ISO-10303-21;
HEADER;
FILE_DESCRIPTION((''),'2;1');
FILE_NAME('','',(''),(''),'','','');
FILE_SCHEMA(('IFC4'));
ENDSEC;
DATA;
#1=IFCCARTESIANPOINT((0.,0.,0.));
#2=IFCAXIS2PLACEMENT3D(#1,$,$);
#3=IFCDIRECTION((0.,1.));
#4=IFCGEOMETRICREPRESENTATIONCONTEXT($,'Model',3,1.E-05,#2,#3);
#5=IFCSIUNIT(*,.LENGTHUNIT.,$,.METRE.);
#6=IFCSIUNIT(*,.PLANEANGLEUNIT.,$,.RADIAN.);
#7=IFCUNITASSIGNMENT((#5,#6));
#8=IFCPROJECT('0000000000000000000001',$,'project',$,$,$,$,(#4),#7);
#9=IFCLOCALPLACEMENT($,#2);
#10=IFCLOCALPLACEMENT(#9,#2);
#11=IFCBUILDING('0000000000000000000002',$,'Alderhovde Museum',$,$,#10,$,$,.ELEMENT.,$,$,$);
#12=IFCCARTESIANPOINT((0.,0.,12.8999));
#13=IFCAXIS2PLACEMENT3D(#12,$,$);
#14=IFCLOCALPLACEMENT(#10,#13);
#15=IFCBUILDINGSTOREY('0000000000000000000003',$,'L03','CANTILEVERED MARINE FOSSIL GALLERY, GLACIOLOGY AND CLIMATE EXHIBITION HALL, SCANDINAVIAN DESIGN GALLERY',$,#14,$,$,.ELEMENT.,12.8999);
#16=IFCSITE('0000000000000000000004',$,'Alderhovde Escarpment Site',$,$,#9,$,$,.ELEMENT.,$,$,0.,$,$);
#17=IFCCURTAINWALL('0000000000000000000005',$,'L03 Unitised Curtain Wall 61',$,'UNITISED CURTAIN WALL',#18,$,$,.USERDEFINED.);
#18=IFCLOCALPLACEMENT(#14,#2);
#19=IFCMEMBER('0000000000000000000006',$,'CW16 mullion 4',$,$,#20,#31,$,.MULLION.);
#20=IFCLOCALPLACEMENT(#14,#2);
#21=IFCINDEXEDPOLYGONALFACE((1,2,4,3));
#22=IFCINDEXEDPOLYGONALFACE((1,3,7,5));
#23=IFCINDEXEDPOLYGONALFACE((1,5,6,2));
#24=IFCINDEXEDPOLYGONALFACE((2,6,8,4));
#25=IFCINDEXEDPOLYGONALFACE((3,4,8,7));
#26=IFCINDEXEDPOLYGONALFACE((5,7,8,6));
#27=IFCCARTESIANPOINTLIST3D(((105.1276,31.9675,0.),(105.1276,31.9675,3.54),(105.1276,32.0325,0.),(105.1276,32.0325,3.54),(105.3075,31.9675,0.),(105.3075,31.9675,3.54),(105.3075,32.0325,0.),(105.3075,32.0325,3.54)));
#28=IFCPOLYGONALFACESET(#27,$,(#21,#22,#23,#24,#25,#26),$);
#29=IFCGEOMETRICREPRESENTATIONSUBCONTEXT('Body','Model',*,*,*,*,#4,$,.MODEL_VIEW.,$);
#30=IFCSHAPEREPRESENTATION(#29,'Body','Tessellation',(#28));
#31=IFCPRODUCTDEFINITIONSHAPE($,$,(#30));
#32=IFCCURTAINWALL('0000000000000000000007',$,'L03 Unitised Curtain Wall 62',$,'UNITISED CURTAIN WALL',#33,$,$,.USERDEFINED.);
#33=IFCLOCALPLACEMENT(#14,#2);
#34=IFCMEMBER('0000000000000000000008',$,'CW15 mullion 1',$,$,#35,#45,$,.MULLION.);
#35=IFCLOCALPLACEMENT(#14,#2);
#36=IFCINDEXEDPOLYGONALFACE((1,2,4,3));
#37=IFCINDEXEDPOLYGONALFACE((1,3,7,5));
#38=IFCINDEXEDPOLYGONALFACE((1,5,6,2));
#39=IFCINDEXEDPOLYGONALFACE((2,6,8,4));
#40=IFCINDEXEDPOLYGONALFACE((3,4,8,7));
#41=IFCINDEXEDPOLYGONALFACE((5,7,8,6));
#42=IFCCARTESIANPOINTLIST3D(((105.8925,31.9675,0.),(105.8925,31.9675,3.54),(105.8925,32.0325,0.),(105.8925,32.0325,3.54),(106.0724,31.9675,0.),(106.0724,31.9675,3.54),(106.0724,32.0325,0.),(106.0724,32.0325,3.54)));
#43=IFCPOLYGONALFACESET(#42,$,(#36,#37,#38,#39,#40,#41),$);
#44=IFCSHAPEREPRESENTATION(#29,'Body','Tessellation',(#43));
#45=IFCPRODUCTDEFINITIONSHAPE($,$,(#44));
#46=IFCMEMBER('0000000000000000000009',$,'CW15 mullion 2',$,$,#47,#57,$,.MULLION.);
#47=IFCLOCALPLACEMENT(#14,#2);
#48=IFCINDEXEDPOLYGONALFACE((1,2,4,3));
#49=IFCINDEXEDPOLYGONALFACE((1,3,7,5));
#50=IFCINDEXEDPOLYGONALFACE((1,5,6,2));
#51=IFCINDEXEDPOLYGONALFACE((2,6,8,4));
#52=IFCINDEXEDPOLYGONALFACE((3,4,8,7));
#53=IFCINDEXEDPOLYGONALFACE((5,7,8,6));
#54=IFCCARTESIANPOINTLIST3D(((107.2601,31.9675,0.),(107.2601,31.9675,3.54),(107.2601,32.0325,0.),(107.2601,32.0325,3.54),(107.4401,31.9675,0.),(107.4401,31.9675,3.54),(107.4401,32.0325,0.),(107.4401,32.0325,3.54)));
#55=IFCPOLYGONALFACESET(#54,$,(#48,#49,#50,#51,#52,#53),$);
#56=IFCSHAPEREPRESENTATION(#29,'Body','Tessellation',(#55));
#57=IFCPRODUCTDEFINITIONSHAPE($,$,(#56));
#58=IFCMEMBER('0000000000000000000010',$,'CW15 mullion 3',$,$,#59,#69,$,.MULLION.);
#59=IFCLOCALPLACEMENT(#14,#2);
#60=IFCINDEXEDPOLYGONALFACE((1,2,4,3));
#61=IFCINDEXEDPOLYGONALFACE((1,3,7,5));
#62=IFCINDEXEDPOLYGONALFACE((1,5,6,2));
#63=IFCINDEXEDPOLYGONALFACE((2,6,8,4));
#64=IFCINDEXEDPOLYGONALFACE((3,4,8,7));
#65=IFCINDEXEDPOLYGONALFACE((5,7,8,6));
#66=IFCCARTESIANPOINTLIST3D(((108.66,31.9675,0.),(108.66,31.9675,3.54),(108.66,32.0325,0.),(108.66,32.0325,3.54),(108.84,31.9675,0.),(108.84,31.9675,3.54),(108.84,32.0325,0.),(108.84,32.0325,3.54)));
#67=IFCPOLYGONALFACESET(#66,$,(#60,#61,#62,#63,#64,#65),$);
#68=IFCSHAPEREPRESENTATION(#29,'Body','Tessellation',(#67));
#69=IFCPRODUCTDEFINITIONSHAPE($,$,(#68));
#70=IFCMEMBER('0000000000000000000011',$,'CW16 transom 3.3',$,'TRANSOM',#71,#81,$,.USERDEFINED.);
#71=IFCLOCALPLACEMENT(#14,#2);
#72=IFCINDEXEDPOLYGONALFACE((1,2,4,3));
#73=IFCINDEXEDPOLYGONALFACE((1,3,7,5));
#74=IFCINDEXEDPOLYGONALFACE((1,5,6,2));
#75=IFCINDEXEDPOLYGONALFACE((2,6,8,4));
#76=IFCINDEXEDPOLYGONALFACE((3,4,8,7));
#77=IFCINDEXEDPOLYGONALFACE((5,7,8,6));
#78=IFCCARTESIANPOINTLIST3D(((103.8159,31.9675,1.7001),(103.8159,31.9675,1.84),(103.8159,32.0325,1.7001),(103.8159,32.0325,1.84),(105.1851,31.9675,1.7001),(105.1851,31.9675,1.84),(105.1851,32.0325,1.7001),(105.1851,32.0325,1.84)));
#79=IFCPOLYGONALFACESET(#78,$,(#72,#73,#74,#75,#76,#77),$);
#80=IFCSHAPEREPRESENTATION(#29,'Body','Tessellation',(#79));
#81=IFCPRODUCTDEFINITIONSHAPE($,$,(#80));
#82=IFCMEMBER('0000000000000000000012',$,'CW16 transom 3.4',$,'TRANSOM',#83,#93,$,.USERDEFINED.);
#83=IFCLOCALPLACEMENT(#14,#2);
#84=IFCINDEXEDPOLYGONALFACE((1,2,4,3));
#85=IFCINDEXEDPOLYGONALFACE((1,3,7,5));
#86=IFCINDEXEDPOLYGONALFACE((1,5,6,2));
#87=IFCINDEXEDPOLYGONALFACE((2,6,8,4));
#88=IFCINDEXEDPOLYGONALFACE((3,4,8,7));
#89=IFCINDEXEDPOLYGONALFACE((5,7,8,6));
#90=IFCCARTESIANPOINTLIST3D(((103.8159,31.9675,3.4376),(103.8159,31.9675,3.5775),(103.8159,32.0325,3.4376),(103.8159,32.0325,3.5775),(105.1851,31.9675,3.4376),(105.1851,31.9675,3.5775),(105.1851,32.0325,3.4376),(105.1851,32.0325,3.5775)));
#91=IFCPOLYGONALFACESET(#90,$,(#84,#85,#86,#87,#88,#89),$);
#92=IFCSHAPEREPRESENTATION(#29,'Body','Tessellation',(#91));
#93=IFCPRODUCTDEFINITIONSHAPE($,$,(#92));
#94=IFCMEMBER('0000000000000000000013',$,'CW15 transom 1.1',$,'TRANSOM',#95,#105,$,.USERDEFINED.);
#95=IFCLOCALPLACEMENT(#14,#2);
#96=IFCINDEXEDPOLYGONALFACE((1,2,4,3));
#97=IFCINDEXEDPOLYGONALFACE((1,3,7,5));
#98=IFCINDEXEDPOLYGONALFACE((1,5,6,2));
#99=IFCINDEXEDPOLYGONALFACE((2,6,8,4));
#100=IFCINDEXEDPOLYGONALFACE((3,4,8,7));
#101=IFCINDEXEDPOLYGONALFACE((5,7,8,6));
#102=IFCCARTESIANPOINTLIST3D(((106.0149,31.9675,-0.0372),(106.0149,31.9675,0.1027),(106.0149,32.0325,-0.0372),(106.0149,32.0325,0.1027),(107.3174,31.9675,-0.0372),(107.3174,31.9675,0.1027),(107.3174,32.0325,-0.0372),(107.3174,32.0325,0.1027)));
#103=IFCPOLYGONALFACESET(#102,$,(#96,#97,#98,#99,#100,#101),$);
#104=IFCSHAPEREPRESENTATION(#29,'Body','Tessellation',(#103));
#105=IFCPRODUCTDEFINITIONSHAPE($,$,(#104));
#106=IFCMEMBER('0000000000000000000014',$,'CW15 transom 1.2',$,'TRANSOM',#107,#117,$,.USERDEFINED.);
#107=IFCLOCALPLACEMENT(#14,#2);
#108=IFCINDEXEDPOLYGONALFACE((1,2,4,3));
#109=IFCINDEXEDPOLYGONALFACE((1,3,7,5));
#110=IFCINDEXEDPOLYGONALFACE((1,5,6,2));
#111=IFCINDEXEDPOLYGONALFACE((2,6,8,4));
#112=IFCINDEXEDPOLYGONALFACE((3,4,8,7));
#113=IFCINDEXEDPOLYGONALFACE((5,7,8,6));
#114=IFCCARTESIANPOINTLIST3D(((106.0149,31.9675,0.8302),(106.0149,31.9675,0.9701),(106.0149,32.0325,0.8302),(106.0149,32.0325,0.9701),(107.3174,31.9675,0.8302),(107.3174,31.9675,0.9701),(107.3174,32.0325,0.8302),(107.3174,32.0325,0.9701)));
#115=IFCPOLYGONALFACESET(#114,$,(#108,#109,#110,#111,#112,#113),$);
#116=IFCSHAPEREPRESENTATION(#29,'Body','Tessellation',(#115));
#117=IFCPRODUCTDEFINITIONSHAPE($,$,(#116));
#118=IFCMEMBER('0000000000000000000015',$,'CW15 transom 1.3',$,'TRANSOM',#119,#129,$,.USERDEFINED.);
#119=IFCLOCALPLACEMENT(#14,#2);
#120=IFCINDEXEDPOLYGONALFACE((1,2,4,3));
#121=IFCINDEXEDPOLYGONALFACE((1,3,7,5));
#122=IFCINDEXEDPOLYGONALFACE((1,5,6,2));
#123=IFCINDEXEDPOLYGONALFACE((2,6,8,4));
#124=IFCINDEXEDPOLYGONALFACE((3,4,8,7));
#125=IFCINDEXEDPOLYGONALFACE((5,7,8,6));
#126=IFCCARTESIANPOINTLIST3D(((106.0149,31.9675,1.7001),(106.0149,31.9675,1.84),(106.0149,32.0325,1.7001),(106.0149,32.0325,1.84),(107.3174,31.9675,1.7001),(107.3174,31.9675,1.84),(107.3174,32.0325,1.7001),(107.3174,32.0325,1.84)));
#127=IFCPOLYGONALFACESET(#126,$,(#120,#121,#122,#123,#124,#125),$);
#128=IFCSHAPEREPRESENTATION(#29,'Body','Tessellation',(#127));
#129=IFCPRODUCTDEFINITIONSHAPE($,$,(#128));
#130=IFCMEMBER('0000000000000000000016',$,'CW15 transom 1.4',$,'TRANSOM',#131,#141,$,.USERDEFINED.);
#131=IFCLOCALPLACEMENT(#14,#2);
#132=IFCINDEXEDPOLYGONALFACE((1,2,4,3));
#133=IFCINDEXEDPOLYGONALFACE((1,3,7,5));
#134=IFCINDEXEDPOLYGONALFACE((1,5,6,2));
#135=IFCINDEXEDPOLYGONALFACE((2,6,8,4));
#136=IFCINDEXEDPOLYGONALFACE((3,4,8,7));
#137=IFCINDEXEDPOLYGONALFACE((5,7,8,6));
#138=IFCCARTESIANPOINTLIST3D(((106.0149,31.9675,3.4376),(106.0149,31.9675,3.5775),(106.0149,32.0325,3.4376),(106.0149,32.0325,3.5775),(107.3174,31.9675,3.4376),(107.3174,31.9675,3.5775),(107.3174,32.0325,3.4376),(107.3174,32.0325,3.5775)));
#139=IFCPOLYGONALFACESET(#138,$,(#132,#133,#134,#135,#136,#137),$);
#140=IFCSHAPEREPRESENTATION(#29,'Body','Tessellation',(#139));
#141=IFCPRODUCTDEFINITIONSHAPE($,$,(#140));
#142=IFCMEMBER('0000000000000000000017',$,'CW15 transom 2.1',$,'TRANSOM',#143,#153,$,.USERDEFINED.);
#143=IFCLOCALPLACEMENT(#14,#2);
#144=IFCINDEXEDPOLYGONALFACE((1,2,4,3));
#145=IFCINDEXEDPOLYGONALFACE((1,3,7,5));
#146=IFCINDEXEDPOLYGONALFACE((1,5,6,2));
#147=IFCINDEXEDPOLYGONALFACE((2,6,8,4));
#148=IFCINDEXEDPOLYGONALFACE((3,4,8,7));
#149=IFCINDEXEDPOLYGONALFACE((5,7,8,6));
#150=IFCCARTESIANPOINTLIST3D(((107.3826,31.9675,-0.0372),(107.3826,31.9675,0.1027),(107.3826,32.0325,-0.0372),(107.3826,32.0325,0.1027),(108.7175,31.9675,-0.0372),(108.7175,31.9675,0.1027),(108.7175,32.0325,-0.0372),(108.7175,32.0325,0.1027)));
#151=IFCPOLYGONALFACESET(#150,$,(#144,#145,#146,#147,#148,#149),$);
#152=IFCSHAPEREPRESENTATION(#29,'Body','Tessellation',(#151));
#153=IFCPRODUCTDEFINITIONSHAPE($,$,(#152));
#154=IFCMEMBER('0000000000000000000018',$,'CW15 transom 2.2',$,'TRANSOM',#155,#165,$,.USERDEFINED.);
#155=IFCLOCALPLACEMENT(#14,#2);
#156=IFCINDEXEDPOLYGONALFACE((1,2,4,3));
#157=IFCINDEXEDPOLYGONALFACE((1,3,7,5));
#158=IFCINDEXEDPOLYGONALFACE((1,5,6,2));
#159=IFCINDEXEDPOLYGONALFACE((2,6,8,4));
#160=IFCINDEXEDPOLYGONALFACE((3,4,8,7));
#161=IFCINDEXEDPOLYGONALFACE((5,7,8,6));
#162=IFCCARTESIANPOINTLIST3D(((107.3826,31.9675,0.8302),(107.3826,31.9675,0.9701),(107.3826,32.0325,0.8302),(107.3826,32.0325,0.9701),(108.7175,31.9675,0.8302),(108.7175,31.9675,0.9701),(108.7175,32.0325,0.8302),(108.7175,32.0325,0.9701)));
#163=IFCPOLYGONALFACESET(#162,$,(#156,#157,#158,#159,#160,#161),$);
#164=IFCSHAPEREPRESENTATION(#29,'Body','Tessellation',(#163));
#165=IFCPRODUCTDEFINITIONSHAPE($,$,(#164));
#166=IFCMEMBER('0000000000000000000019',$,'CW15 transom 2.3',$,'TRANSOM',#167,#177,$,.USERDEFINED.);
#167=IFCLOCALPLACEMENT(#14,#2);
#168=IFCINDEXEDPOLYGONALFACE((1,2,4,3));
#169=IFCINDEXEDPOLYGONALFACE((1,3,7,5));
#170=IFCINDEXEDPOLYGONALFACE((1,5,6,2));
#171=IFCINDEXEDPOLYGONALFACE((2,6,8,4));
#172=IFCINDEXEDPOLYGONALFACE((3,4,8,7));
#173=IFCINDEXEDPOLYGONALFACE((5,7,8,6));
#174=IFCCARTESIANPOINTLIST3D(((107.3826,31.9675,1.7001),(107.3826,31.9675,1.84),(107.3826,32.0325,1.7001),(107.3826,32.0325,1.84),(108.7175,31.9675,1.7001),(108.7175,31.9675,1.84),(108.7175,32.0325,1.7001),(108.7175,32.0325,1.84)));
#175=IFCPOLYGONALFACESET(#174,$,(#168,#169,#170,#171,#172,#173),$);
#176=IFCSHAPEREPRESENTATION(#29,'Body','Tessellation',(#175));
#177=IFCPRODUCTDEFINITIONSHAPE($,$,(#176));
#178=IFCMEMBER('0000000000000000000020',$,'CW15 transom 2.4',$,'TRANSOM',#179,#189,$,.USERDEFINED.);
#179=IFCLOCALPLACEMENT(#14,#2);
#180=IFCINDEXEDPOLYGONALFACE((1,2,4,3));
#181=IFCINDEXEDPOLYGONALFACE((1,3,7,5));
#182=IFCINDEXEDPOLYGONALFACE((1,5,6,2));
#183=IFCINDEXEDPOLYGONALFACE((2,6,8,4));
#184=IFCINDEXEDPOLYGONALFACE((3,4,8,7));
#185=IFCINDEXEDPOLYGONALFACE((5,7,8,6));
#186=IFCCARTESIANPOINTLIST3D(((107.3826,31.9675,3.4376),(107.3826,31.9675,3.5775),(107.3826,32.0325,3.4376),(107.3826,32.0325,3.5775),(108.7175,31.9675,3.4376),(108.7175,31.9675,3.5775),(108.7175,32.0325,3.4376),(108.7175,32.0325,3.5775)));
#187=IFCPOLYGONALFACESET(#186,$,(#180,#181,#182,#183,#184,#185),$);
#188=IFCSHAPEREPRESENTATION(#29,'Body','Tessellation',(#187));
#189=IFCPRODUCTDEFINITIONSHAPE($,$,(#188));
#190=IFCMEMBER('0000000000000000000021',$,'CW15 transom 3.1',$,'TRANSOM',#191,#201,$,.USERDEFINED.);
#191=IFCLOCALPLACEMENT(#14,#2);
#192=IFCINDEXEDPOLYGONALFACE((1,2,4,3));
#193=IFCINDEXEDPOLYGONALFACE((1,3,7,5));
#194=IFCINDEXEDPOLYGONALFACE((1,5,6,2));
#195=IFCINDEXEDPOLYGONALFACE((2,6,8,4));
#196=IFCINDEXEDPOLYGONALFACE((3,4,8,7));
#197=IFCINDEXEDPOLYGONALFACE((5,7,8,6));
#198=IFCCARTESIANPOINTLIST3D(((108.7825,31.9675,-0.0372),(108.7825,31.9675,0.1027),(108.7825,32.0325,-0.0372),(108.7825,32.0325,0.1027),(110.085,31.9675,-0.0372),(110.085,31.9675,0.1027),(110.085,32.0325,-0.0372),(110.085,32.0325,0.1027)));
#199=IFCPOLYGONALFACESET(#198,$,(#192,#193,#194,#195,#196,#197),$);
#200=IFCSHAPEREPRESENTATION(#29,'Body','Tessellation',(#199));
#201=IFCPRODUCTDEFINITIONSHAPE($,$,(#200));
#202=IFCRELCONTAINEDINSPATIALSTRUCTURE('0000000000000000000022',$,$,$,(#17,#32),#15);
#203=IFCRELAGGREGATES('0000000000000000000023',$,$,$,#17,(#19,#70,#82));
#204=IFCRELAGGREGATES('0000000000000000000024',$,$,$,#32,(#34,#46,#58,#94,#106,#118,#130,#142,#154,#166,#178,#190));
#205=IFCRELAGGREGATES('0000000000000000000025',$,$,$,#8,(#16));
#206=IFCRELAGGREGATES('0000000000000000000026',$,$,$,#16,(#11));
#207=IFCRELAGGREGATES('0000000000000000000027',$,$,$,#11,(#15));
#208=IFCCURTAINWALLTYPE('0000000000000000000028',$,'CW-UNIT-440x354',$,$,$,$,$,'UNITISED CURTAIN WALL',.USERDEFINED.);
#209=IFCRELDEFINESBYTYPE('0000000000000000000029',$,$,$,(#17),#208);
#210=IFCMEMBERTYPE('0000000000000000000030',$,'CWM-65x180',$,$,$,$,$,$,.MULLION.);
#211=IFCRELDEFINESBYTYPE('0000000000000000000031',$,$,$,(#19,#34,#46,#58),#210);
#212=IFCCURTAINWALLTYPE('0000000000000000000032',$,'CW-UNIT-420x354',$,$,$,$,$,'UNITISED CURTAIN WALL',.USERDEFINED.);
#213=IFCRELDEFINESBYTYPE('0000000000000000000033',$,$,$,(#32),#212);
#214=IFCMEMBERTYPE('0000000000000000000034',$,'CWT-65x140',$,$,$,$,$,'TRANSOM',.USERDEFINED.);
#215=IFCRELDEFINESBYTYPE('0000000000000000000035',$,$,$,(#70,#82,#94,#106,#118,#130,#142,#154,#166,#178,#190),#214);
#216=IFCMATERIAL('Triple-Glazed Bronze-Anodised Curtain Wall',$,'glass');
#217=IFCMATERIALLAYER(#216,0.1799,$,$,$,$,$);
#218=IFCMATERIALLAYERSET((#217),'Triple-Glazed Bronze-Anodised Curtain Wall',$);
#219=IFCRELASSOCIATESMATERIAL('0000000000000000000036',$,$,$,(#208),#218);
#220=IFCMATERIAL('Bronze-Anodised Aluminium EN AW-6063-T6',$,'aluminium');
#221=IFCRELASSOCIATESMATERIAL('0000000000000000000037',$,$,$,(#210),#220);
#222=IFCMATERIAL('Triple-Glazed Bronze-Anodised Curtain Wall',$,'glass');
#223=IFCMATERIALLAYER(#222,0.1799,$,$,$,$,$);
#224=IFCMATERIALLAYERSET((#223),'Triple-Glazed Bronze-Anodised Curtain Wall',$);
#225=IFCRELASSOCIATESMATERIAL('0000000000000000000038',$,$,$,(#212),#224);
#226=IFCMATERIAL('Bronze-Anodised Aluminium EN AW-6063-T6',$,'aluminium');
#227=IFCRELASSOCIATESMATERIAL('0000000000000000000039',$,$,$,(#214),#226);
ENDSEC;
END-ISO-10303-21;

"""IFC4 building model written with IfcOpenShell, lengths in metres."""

from ifc_helpers import new_model, si_unit, direction, frame, origin, origin_2d, place, context, subcontext, project, spatial, rectangle, extrude, material, layer, layer_set, material_profile, profile_set, type_object, element, aggregate, save


model = new_model("IFC4")

# Units and contexts
model_context = context("Model", 3, precision=1e-05, world=origin(), true_north=direction((0.0, 1.0)))
body_context = subcontext(model_context, "Body", "Model", "MODEL_VIEW")
ifc_project = project(units=[si_unit("LENGTHUNIT", "METRE"), si_unit("PLANEANGLEUNIT", "RADIAN")], contexts=[model_context])

# Site, building, storey
site_placement = place(None, origin())
site = spatial("IfcSite", under=ifc_project, at=site_placement, Name="Alderhovde Escarpment Site", CompositionType="ELEMENT", RefElevation=0.0)
building_placement = place(site_placement, origin())
building = spatial("IfcBuilding", under=site, at=building_placement, Name="Alderhovde Museum", CompositionType="ELEMENT")
storey_placement = place(building_placement, frame((0.0, 0.0, 12.8999)))
storey = spatial("IfcBuildingStorey", under=building, at=storey_placement, Name="L03", Description="CANTILEVERED MARINE FOSSIL GALLERY, GLACIOLOGY AND CLIMATE EXHIBITION HALL, SCANDINAVIAN DESIGN GALLERY", CompositionType="ELEMENT", Elevation=12.8999)

# Curtain wall, member
ifc_material_1 = material(Name="Triple-Glazed Bronze-Anodised Curtain Wall", Category="glass")
ifc_layer_1 = layer(ifc_material_1, 0.1799)
ifc_layer_set_1 = layer_set([ifc_layer_1], Name="Triple-Glazed Bronze-Anodised Curtain Wall")
curtain_wall_type_1 = type_object("IfcCurtainWallType", Name="CW-UNIT-440x354", ElementType="UNITISED CURTAIN WALL", PredefinedType="USERDEFINED", material=ifc_layer_set_1)
curtain_wall_1_placement = place(storey_placement, origin())
curtain_wall_1 = element("IfcCurtainWall", 1, at=curtain_wall_1_placement, inside=storey, type_object=curtain_wall_type_1, Name="L03 Unitised Curtain Wall 61", ObjectType="UNITISED CURTAIN WALL", PredefinedType="USERDEFINED")
ifc_material_2 = material(Name="Bronze-Anodised Aluminium EN AW-6063-T6", Category="aluminium")
ifc_material_profile_1 = material_profile(ifc_material_2, rectangle(XDim=0.0649, YDim=0.1799, at=origin_2d()), Name="MULLION 65x180")
ifc_profile_set_1 = profile_set([ifc_material_profile_1], Name="Bronze-Anodised Aluminium EN AW-6063-T6")
member_type_1 = type_object("IfcMemberType", Name="CWM-65x180", PredefinedType="MULLION", material=ifc_profile_set_1)
member_1_placement = place(storey_placement, frame((105.2175, 32.0, 0.0), z_axis=(0.0, 0.0, 1.0), x_axis=(0.0, 1.0, 0.0)))
member_1 = element("IfcMember", 2, at=member_1_placement, type_object=member_type_1, Name="CW16 mullion 4", PredefinedType="MULLION", context=body_context, shape_type="SweptSolid", body=[
    extrude(rectangle(XDim=0.0649, YDim=0.1799, at=origin_2d()), origin(), (0.0, 0.0, 1.0), 3.54),
])

# Curtain wall, members
ifc_material_3 = material(Name="Triple-Glazed Bronze-Anodised Curtain Wall", Category="glass")
ifc_layer_2 = layer(ifc_material_3, 0.1799)
ifc_layer_set_2 = layer_set([ifc_layer_2], Name="Triple-Glazed Bronze-Anodised Curtain Wall")
curtain_wall_type_2 = type_object("IfcCurtainWallType", Name="CW-UNIT-420x354", ElementType="UNITISED CURTAIN WALL", PredefinedType="USERDEFINED", material=ifc_layer_set_2)
curtain_wall_2_placement = place(storey_placement, origin())
curtain_wall_2 = element("IfcCurtainWall", 3, at=curtain_wall_2_placement, inside=storey, type_object=curtain_wall_type_2, Name="L03 Unitised Curtain Wall 62", ObjectType="UNITISED CURTAIN WALL", PredefinedType="USERDEFINED")
member_2_placement = place(storey_placement, frame((105.9824, 32.0, 0.0), z_axis=(0.0, 0.0, 1.0), x_axis=(0.0, 1.0, 0.0)))
member_2 = element("IfcMember", 4, at=member_2_placement, type_object=member_type_1, Name="CW15 mullion 1", PredefinedType="MULLION", context=body_context, shape_type="SweptSolid", body=[
    extrude(rectangle(XDim=0.0649, YDim=0.1799, at=origin_2d()), origin(), (0.0, 0.0, 1.0), 3.54),
])
member_3_placement = place(storey_placement, frame((107.3501, 32.0, 0.0), z_axis=(0.0, 0.0, 1.0), x_axis=(0.0, 1.0, 0.0)))
member_3 = element("IfcMember", 5, at=member_3_placement, type_object=member_type_1, Name="CW15 mullion 2", PredefinedType="MULLION", context=body_context, shape_type="SweptSolid", body=[
    extrude(rectangle(XDim=0.0649, YDim=0.1799, at=origin_2d()), origin(), (0.0, 0.0, 1.0), 3.54),
])
member_4_placement = place(storey_placement, frame((108.75, 32.0, 0.0), z_axis=(0.0, 0.0, 1.0), x_axis=(0.0, 1.0, 0.0)))
member_4 = element("IfcMember", 6, at=member_4_placement, type_object=member_type_1, Name="CW15 mullion 3", PredefinedType="MULLION", context=body_context, shape_type="SweptSolid", body=[
    extrude(rectangle(XDim=0.0649, YDim=0.1799, at=origin_2d()), origin(), (0.0, 0.0, 1.0), 3.54),
])

# Members
ifc_material_4 = material(Name="Bronze-Anodised Aluminium EN AW-6063-T6", Category="aluminium")
ifc_material_profile_2 = material_profile(ifc_material_4, rectangle(XDim=0.0649, YDim=0.1399, at=origin_2d()), Name="TRANSOM 65x140")
ifc_profile_set_2 = profile_set([ifc_material_profile_2], Name="Bronze-Anodised Aluminium EN AW-6063-T6")
member_type_2 = type_object("IfcMemberType", Name="CWT-65x140", ElementType="TRANSOM", PredefinedType="USERDEFINED", material=ifc_profile_set_2)
member_5_placement = place(storey_placement, frame((103.8159, 32.0, 1.77), z_axis=(1.0, 0.0, 0.0), x_axis=(0.0, 1.0, 0.0)))
member_5 = element("IfcMember", 7, at=member_5_placement, type_object=member_type_2, Name="CW16 transom 3.3", ObjectType="TRANSOM", PredefinedType="USERDEFINED", context=body_context, shape_type="SweptSolid", body=[
    extrude(rectangle(XDim=0.0649, YDim=0.1399, at=origin_2d()), origin(), (0.0, 0.0, 1.0), 1.3691),
])
member_6_placement = place(storey_placement, frame((103.8159, 32.0, 3.5076), z_axis=(1.0, 0.0, 0.0), x_axis=(0.0, 1.0, 0.0)))
member_6 = element("IfcMember", 8, at=member_6_placement, type_object=member_type_2, Name="CW16 transom 3.4", ObjectType="TRANSOM", PredefinedType="USERDEFINED", context=body_context, shape_type="SweptSolid", body=[
    extrude(rectangle(XDim=0.0649, YDim=0.1399, at=origin_2d()), origin(), (0.0, 0.0, 1.0), 1.3691),
])
member_7_placement = place(storey_placement, frame((106.0149, 32.0, 0.0327), z_axis=(1.0, 0.0, 0.0), x_axis=(0.0, 1.0, 0.0)))
member_7 = element("IfcMember", 9, at=member_7_placement, type_object=member_type_2, Name="CW15 transom 1.1", ObjectType="TRANSOM", PredefinedType="USERDEFINED", context=body_context, shape_type="SweptSolid", body=[
    extrude(rectangle(XDim=0.0649, YDim=0.1399, at=origin_2d()), origin(), (0.0, 0.0, 1.0), 1.3025),
])
member_8_placement = place(storey_placement, frame((106.0149, 32.0, 0.9001), z_axis=(1.0, 0.0, 0.0), x_axis=(0.0, 1.0, 0.0)))
member_8 = element("IfcMember", 10, at=member_8_placement, type_object=member_type_2, Name="CW15 transom 1.2", ObjectType="TRANSOM", PredefinedType="USERDEFINED", context=body_context, shape_type="SweptSolid", body=[
    extrude(rectangle(XDim=0.0649, YDim=0.1399, at=origin_2d()), origin(), (0.0, 0.0, 1.0), 1.3025),
])
member_9_placement = place(storey_placement, frame((106.0149, 32.0, 1.77), z_axis=(1.0, 0.0, 0.0), x_axis=(0.0, 1.0, 0.0)))
member_9 = element("IfcMember", 11, at=member_9_placement, type_object=member_type_2, Name="CW15 transom 1.3", ObjectType="TRANSOM", PredefinedType="USERDEFINED", context=body_context, shape_type="SweptSolid", body=[
    extrude(rectangle(XDim=0.0649, YDim=0.1399, at=origin_2d()), origin(), (0.0, 0.0, 1.0), 1.3025),
])
member_10_placement = place(storey_placement, frame((106.0149, 32.0, 3.5076), z_axis=(1.0, 0.0, 0.0), x_axis=(0.0, 1.0, 0.0)))
member_10 = element("IfcMember", 12, at=member_10_placement, type_object=member_type_2, Name="CW15 transom 1.4", ObjectType="TRANSOM", PredefinedType="USERDEFINED", context=body_context, shape_type="SweptSolid", body=[
    extrude(rectangle(XDim=0.0649, YDim=0.1399, at=origin_2d()), origin(), (0.0, 0.0, 1.0), 1.3025),
])
member_11_placement = place(storey_placement, frame((107.3826, 32.0, 0.0327), z_axis=(1.0, 0.0, 0.0), x_axis=(0.0, 1.0, 0.0)))
member_11 = element("IfcMember", 13, at=member_11_placement, type_object=member_type_2, Name="CW15 transom 2.1", ObjectType="TRANSOM", PredefinedType="USERDEFINED", context=body_context, shape_type="SweptSolid", body=[
    extrude(rectangle(XDim=0.0649, YDim=0.1399, at=origin_2d()), origin(), (0.0, 0.0, 1.0), 1.335),
])
member_12_placement = place(storey_placement, frame((107.3826, 32.0, 0.9001), z_axis=(1.0, 0.0, 0.0), x_axis=(0.0, 1.0, 0.0)))
member_12 = element("IfcMember", 14, at=member_12_placement, type_object=member_type_2, Name="CW15 transom 2.2", ObjectType="TRANSOM", PredefinedType="USERDEFINED", context=body_context, shape_type="SweptSolid", body=[
    extrude(rectangle(XDim=0.0649, YDim=0.1399, at=origin_2d()), origin(), (0.0, 0.0, 1.0), 1.335),
])
member_13_placement = place(storey_placement, frame((107.3826, 32.0, 1.77), z_axis=(1.0, 0.0, 0.0), x_axis=(0.0, 1.0, 0.0)))
member_13 = element("IfcMember", 15, at=member_13_placement, type_object=member_type_2, Name="CW15 transom 2.3", ObjectType="TRANSOM", PredefinedType="USERDEFINED", context=body_context, shape_type="SweptSolid", body=[
    extrude(rectangle(XDim=0.0649, YDim=0.1399, at=origin_2d()), origin(), (0.0, 0.0, 1.0), 1.335),
])
member_14_placement = place(storey_placement, frame((107.3826, 32.0, 3.5076), z_axis=(1.0, 0.0, 0.0), x_axis=(0.0, 1.0, 0.0)))
member_14 = element("IfcMember", 16, at=member_14_placement, type_object=member_type_2, Name="CW15 transom 2.4", ObjectType="TRANSOM", PredefinedType="USERDEFINED", context=body_context, shape_type="SweptSolid", body=[
    extrude(rectangle(XDim=0.0649, YDim=0.1399, at=origin_2d()), origin(), (0.0, 0.0, 1.0), 1.335),
])
member_15_placement = place(storey_placement, frame((108.7825, 32.0, 0.0327), z_axis=(1.0, 0.0, 0.0), x_axis=(0.0, 1.0, 0.0)))
member_15 = element("IfcMember", 17, at=member_15_placement, type_object=member_type_2, Name="CW15 transom 3.1", ObjectType="TRANSOM", PredefinedType="USERDEFINED", context=body_context, shape_type="SweptSolid", body=[
    extrude(rectangle(XDim=0.0649, YDim=0.1399, at=origin_2d()), origin(), (0.0, 0.0, 1.0), 1.3025),
])

aggregate(curtain_wall_1, [member_1, member_5, member_6])
aggregate(curtain_wall_2, [member_2, member_3, member_4, member_7, member_8, member_9, member_10, member_11, member_12, member_13, member_14, member_15])

save(model, "model.ifc")
